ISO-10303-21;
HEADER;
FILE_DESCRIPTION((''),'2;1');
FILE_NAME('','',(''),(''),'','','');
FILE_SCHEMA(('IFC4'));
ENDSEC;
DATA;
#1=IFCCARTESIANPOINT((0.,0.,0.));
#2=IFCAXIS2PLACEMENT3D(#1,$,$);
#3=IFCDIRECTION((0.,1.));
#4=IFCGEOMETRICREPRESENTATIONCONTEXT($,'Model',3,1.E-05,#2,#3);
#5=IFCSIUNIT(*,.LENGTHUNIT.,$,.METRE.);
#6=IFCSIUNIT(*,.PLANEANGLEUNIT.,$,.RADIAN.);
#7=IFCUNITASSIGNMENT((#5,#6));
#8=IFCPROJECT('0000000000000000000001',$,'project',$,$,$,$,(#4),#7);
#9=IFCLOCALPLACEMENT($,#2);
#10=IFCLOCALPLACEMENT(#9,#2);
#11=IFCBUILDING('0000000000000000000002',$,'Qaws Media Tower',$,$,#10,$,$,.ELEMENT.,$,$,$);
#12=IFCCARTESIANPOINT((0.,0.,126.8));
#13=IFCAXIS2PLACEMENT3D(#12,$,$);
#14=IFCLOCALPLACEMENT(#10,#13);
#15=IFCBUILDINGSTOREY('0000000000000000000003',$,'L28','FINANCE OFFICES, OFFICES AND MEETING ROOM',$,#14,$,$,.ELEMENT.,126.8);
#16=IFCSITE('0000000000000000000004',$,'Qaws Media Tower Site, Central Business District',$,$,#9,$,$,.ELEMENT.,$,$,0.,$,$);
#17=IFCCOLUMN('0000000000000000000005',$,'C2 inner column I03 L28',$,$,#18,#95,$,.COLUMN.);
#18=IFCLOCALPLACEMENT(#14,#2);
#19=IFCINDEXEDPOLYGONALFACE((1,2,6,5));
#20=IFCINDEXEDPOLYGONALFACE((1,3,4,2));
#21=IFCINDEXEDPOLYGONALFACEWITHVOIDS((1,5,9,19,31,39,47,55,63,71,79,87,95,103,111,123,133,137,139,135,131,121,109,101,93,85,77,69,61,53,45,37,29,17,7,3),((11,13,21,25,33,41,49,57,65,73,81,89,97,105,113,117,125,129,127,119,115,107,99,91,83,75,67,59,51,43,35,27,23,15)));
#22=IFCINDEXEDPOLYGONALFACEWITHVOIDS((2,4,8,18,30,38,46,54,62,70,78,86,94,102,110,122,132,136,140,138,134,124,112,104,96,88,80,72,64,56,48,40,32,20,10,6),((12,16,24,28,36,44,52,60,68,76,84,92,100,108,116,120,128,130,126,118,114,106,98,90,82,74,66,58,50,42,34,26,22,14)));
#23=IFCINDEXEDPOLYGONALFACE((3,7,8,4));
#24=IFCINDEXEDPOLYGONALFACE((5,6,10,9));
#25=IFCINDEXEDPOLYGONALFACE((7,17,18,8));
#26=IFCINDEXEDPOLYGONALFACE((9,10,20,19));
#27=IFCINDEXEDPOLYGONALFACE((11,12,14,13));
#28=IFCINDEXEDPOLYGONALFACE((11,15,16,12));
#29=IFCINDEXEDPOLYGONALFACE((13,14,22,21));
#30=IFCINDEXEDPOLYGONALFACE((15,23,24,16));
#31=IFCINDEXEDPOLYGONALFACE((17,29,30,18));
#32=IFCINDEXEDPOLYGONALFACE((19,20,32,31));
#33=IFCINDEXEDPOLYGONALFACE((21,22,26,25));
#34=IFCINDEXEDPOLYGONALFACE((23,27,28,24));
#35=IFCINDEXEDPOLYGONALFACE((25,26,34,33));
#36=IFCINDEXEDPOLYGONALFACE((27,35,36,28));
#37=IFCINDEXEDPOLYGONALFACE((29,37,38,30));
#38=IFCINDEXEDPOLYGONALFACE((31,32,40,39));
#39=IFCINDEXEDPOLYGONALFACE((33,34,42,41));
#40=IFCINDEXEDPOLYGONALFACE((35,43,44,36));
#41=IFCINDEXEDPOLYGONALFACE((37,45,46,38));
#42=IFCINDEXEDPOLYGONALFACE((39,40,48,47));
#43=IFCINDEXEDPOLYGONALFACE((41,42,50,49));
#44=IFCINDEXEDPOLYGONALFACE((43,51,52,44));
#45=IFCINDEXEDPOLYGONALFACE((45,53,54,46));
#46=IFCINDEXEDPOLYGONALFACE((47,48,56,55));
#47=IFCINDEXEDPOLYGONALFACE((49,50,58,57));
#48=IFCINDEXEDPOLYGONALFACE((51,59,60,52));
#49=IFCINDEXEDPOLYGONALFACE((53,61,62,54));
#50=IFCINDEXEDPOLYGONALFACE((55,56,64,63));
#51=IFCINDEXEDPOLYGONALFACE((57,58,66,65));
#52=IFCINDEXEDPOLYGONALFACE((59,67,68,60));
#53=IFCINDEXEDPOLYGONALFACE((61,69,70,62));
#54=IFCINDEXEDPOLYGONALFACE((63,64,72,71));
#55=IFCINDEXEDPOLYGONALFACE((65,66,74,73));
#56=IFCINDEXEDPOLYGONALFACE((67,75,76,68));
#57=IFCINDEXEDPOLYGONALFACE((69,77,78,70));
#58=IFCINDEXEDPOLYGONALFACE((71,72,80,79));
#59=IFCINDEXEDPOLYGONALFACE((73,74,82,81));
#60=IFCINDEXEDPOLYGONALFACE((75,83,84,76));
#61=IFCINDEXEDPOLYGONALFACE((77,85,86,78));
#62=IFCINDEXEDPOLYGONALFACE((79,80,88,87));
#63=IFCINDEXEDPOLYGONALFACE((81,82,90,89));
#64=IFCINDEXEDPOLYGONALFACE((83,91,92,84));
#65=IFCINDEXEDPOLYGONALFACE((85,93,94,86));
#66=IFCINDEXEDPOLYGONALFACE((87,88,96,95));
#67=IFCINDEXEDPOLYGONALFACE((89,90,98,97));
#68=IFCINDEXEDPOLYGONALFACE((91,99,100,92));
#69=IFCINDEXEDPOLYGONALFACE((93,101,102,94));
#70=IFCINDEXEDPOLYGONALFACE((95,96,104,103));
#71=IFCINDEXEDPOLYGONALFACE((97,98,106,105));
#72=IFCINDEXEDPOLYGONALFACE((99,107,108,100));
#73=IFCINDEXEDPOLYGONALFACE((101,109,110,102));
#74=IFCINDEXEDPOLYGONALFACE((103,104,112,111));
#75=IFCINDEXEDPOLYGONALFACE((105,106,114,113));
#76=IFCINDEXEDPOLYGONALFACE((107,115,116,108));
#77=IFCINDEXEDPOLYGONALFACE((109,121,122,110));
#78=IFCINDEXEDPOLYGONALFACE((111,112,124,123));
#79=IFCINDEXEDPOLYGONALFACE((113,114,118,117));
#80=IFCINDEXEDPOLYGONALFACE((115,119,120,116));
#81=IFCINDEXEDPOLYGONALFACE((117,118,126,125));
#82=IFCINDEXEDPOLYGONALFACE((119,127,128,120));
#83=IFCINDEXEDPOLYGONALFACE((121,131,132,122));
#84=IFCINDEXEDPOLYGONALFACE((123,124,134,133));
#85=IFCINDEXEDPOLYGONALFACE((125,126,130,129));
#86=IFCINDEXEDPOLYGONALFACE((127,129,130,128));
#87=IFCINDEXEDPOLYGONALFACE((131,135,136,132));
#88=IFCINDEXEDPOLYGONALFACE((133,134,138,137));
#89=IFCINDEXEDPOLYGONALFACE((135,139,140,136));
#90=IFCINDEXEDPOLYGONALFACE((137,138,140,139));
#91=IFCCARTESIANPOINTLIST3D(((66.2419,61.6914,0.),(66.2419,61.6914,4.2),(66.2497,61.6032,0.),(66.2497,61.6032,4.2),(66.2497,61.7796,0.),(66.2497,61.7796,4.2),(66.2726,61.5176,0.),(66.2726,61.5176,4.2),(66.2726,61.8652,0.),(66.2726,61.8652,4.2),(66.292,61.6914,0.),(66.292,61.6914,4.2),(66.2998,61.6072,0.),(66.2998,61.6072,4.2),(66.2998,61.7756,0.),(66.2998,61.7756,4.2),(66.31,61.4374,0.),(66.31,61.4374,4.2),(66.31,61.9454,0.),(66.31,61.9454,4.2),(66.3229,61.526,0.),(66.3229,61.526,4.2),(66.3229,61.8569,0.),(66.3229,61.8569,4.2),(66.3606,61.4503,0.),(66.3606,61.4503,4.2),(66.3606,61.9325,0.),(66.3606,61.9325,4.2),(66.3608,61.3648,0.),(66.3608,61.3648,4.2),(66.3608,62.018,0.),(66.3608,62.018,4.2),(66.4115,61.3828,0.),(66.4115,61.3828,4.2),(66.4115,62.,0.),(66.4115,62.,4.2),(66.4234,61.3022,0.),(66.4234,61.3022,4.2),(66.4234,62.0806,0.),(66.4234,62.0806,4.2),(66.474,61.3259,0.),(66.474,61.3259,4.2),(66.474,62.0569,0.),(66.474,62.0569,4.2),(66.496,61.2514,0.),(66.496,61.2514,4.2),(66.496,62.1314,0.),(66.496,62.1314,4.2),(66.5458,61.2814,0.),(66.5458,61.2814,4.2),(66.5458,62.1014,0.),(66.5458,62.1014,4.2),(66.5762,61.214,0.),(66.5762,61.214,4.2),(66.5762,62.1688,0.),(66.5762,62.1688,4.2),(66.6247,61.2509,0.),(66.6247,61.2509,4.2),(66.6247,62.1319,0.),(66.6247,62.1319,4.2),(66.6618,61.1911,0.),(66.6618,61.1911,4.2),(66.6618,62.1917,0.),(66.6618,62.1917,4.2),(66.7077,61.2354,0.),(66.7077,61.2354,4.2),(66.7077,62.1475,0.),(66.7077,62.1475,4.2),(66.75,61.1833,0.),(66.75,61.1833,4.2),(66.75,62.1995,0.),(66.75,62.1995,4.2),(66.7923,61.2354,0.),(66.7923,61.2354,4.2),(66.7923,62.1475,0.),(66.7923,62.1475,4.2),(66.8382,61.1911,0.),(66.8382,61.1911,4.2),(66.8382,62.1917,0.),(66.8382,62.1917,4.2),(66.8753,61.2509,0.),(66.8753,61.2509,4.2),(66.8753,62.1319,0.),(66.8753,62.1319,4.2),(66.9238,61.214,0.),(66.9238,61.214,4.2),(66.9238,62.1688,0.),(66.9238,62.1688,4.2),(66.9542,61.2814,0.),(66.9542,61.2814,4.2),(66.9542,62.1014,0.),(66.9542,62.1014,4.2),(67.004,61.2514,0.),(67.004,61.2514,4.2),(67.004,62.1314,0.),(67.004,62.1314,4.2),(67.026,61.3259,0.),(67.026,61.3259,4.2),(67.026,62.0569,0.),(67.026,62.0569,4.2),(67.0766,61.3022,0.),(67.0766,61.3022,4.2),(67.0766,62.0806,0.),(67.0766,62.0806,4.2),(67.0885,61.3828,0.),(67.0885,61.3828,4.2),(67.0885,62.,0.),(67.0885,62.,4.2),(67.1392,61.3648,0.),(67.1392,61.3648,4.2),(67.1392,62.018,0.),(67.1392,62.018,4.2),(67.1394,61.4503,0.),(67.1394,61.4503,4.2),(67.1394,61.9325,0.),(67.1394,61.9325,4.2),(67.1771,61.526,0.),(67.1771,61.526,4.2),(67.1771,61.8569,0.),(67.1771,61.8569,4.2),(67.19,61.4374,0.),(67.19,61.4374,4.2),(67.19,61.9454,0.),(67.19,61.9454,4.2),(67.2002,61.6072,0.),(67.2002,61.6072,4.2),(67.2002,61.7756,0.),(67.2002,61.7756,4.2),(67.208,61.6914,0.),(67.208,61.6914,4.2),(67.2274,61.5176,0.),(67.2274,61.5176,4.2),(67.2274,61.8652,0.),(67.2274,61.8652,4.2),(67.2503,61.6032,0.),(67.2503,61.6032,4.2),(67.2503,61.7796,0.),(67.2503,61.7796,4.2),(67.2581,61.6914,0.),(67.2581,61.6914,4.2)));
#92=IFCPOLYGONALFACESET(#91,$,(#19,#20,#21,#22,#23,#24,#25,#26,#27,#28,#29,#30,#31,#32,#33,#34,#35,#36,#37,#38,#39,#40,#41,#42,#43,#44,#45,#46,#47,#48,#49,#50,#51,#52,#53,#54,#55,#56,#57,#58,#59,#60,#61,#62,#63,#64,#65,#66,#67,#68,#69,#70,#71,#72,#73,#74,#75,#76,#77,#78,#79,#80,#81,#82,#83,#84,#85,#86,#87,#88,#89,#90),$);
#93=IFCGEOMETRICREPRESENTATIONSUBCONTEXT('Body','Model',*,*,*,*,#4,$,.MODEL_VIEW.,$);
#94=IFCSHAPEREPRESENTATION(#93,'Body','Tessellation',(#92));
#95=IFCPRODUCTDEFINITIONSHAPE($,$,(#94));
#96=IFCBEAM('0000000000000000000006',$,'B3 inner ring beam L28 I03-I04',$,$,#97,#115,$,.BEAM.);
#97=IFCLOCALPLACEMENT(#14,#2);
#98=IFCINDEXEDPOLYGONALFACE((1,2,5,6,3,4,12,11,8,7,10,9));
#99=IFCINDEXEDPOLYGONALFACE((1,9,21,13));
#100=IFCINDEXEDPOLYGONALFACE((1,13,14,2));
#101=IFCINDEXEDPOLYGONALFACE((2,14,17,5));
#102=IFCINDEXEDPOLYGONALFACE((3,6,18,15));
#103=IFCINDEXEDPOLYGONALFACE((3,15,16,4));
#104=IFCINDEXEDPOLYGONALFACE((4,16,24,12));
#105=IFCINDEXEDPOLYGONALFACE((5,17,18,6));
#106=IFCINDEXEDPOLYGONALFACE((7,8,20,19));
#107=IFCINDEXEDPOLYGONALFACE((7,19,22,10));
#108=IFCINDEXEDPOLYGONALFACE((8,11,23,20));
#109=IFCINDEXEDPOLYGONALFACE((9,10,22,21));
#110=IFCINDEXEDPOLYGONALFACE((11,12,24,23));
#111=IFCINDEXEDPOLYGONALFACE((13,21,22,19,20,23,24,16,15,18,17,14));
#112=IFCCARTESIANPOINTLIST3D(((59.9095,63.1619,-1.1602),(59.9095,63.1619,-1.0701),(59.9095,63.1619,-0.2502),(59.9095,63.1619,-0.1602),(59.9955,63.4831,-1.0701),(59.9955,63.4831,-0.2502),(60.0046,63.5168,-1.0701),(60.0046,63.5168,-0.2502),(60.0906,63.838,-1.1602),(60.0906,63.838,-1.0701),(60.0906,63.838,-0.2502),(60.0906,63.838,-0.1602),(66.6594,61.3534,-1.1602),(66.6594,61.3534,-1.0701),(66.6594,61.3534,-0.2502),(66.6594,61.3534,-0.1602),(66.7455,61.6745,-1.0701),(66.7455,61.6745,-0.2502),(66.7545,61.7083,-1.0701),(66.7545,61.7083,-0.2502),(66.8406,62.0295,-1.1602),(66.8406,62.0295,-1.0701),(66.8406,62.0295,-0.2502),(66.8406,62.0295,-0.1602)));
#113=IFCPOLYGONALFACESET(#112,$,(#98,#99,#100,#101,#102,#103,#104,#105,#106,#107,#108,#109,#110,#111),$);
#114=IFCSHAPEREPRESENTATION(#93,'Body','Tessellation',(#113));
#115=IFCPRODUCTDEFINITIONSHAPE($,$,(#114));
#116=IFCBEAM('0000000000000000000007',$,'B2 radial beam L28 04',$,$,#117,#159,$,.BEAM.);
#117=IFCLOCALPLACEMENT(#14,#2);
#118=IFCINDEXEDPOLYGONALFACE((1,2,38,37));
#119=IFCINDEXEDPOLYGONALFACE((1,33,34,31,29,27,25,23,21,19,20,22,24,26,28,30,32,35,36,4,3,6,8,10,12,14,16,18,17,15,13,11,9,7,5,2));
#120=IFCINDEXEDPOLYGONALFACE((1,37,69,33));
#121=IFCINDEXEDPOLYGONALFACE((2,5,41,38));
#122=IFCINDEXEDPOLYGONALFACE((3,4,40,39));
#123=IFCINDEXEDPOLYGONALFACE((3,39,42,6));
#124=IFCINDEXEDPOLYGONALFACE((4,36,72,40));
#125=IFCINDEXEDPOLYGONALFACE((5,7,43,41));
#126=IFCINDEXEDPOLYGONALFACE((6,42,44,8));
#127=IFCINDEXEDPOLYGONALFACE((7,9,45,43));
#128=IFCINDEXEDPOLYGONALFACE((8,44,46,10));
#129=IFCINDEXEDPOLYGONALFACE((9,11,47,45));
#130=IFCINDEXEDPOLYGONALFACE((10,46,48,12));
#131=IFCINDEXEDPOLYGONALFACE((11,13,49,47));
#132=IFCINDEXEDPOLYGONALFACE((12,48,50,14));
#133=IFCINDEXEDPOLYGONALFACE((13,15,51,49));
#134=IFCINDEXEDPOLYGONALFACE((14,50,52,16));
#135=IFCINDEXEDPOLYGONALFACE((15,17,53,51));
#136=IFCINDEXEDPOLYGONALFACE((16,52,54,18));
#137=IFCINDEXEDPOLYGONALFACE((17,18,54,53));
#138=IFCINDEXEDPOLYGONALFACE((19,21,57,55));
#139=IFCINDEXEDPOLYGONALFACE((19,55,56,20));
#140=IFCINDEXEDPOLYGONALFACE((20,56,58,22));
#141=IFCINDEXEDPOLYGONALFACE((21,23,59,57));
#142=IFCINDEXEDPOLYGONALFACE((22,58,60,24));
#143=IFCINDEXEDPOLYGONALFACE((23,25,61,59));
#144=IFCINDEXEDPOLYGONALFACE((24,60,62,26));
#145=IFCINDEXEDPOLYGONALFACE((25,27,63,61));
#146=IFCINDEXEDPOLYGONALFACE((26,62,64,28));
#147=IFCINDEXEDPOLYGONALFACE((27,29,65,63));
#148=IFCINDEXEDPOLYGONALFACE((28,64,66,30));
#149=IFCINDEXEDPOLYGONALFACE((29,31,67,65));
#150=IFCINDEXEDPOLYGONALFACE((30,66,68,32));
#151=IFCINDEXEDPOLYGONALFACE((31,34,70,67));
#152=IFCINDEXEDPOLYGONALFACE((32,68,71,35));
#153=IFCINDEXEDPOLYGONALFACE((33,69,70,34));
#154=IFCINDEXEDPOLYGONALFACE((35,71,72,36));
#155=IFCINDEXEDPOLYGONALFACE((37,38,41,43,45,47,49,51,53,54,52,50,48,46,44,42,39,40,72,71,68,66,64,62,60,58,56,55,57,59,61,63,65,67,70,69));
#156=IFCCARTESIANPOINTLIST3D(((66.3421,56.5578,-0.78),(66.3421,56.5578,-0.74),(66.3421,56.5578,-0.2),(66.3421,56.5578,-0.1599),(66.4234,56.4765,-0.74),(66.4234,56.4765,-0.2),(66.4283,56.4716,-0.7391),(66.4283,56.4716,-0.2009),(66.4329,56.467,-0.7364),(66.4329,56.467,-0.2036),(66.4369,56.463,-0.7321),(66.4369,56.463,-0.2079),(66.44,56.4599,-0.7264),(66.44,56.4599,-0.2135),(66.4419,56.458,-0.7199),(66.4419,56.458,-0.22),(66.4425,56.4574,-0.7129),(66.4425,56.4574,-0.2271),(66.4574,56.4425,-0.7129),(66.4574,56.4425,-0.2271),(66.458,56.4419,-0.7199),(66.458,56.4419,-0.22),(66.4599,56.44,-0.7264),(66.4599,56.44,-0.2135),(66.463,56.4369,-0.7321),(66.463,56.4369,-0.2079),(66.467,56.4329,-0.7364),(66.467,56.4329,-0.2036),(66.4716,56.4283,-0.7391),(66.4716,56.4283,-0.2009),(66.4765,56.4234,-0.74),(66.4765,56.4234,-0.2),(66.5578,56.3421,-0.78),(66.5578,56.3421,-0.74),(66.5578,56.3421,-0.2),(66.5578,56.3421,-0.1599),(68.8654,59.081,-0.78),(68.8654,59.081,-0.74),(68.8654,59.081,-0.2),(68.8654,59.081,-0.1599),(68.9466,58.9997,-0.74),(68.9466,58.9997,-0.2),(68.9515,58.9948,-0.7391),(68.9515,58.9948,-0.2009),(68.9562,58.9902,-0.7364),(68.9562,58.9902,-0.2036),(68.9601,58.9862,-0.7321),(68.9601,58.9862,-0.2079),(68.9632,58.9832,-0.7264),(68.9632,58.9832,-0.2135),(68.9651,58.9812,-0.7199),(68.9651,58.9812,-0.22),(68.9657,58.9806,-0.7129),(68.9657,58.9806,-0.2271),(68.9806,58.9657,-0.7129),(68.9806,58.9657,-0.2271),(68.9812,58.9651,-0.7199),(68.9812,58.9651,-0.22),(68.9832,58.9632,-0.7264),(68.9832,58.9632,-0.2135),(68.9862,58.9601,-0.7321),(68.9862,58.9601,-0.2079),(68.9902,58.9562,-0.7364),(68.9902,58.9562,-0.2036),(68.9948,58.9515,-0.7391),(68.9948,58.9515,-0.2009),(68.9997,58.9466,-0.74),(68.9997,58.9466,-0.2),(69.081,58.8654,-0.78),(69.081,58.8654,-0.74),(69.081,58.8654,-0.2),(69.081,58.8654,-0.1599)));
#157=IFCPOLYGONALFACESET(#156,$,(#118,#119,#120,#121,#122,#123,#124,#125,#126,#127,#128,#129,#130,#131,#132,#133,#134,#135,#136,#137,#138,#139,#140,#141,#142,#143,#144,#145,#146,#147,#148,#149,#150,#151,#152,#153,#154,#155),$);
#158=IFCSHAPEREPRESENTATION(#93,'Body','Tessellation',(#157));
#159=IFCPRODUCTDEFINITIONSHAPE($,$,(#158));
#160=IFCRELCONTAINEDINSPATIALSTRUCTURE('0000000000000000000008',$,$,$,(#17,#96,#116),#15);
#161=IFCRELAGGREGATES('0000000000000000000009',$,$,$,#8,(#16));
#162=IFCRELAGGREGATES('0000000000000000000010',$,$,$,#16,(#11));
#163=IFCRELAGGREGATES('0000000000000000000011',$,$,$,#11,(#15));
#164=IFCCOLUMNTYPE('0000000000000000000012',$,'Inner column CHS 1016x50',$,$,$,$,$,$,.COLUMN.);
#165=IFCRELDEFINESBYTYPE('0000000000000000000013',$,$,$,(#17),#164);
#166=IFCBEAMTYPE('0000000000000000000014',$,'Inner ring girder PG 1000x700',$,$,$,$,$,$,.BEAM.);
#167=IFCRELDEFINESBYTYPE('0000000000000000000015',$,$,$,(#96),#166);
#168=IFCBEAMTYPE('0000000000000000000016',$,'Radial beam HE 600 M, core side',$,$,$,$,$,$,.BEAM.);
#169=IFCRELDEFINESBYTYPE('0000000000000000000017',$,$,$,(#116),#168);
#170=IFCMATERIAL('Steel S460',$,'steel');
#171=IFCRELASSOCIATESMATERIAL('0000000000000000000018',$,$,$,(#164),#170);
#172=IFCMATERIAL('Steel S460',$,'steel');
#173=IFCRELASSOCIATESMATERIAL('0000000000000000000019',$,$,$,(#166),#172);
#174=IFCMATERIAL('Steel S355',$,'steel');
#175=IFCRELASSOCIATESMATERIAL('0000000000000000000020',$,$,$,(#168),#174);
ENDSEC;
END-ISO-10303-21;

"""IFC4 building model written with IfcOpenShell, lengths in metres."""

from ifc_helpers import new_model, si_unit, direction, frame, origin, origin_2d, place, context, subcontext, project, spatial, hollow_circle, i_section, extrude, material, material_profile, profile_set, type_object, element, save


model = new_model("IFC4")

# Units and contexts
model_context = context("Model", 3, precision=1e-05, world=origin(), true_north=direction((0.0, 1.0)))
body_context = subcontext(model_context, "Body", "Model", "MODEL_VIEW")
ifc_project = project(units=[si_unit("LENGTHUNIT", "METRE"), si_unit("PLANEANGLEUNIT", "RADIAN")], contexts=[model_context])

# Site, building, storey
site_placement = place(None, origin())
site = spatial("IfcSite", under=ifc_project, at=site_placement, Name="Qaws Media Tower Site, Central Business District", CompositionType="ELEMENT", RefElevation=0.0)
building_placement = place(site_placement, origin())
building = spatial("IfcBuilding", under=site, at=building_placement, Name="Qaws Media Tower", CompositionType="ELEMENT")
storey_placement = place(building_placement, frame((0.0, 0.0, 126.8)))
storey = spatial("IfcBuildingStorey", under=building, at=storey_placement, Name="L28", Description="FINANCE OFFICES, OFFICES AND MEETING ROOM", CompositionType="ELEMENT", Elevation=126.8)

# Column
ifc_material_1 = material(Name="Steel S460", Category="steel")
ifc_material_profile_1 = material_profile(ifc_material_1, hollow_circle(Radius=0.5081, WallThickness=0.05, at=origin_2d()), Name="CHS 1016x50")
ifc_profile_set_1 = profile_set([ifc_material_profile_1], Name="Steel S460")
column_type = type_object("IfcColumnType", Name="Inner column CHS 1016x50", PredefinedType="COLUMN", material=ifc_profile_set_1)
column_placement = place(storey_placement, frame((66.75, 61.6914, 0.0), z_axis=(0.0, 0.0, 1.0), x_axis=(1.0, 0.0, 0.0)))
element("IfcColumn", 1, at=column_placement, inside=storey, type_object=column_type, Name="C2 inner column I03 L28", PredefinedType="COLUMN", context=body_context, shape_type="SweptSolid", body=[
    extrude(hollow_circle(Radius=0.5081, WallThickness=0.05, at=origin_2d()), origin(), (0.0, 0.0, 1.0), 4.2),
])

# Beams
ifc_material_2 = material(Name="Steel S460", Category="steel")
ifc_material_profile_2 = material_profile(ifc_material_2, i_section(OverallWidth=0.7, OverallDepth=1.0, WebThickness=0.0349, FlangeThickness=0.0901, at=origin_2d()), Name="PG 1000x700")
ifc_profile_set_2 = profile_set([ifc_material_profile_2], Name="Steel S460")
beam_type_1 = type_object("IfcBeamType", Name="Inner ring girder PG 1000x700", PredefinedType="BEAM", material=ifc_profile_set_2)
beam_1_placement = place(storey_placement, frame((66.75, 61.6914, -0.6602), z_axis=(-0.965928, 0.258811, 0.0), x_axis=(-0.258811, -0.965928, 0.0)))
element("IfcBeam", 2, at=beam_1_placement, inside=storey, type_object=beam_type_1, Name="B3 inner ring beam L28 I03-I04", PredefinedType="BEAM", context=body_context, shape_type="SweptSolid", body=[
    extrude(i_section(OverallWidth=0.7, OverallDepth=1.0, WebThickness=0.0349, FlangeThickness=0.0901, at=origin_2d()), origin(), (0.0, 0.0, 1.0), 6.988),
])
ifc_material_3 = material(Name="Steel S355", Category="steel")
ifc_material_profile_3 = material_profile(ifc_material_3, i_section(OverallWidth=0.3049, OverallDepth=0.6201, WebThickness=0.021, FlangeThickness=0.04, FilletRadius=0.0271, at=origin_2d()), Name="HE 600 M")
ifc_profile_set_3 = profile_set([ifc_material_profile_3], Name="Steel S355")
beam_type_2 = type_object("IfcBeamType", Name="Radial beam HE 600 M, core side", PredefinedType="BEAM", material=ifc_profile_set_3)
beam_2_placement = place(storey_placement, frame((66.45, 56.45, -0.47), z_axis=(0.707107, 0.707107, 0.0), x_axis=(-0.707107, 0.707107, 0.0)))
element("IfcBeam", 3, at=beam_2_placement, inside=storey, type_object=beam_type_2, Name="B2 radial beam L28 04", PredefinedType="BEAM", context=body_context, shape_type="SweptSolid", body=[
    extrude(i_section(OverallWidth=0.3049, OverallDepth=0.6201, WebThickness=0.021, FlangeThickness=0.04, FilletRadius=0.0271, at=origin_2d()), origin(), (0.0, 0.0, 1.0), 3.5684),
])

save(model, "model.ifc")
